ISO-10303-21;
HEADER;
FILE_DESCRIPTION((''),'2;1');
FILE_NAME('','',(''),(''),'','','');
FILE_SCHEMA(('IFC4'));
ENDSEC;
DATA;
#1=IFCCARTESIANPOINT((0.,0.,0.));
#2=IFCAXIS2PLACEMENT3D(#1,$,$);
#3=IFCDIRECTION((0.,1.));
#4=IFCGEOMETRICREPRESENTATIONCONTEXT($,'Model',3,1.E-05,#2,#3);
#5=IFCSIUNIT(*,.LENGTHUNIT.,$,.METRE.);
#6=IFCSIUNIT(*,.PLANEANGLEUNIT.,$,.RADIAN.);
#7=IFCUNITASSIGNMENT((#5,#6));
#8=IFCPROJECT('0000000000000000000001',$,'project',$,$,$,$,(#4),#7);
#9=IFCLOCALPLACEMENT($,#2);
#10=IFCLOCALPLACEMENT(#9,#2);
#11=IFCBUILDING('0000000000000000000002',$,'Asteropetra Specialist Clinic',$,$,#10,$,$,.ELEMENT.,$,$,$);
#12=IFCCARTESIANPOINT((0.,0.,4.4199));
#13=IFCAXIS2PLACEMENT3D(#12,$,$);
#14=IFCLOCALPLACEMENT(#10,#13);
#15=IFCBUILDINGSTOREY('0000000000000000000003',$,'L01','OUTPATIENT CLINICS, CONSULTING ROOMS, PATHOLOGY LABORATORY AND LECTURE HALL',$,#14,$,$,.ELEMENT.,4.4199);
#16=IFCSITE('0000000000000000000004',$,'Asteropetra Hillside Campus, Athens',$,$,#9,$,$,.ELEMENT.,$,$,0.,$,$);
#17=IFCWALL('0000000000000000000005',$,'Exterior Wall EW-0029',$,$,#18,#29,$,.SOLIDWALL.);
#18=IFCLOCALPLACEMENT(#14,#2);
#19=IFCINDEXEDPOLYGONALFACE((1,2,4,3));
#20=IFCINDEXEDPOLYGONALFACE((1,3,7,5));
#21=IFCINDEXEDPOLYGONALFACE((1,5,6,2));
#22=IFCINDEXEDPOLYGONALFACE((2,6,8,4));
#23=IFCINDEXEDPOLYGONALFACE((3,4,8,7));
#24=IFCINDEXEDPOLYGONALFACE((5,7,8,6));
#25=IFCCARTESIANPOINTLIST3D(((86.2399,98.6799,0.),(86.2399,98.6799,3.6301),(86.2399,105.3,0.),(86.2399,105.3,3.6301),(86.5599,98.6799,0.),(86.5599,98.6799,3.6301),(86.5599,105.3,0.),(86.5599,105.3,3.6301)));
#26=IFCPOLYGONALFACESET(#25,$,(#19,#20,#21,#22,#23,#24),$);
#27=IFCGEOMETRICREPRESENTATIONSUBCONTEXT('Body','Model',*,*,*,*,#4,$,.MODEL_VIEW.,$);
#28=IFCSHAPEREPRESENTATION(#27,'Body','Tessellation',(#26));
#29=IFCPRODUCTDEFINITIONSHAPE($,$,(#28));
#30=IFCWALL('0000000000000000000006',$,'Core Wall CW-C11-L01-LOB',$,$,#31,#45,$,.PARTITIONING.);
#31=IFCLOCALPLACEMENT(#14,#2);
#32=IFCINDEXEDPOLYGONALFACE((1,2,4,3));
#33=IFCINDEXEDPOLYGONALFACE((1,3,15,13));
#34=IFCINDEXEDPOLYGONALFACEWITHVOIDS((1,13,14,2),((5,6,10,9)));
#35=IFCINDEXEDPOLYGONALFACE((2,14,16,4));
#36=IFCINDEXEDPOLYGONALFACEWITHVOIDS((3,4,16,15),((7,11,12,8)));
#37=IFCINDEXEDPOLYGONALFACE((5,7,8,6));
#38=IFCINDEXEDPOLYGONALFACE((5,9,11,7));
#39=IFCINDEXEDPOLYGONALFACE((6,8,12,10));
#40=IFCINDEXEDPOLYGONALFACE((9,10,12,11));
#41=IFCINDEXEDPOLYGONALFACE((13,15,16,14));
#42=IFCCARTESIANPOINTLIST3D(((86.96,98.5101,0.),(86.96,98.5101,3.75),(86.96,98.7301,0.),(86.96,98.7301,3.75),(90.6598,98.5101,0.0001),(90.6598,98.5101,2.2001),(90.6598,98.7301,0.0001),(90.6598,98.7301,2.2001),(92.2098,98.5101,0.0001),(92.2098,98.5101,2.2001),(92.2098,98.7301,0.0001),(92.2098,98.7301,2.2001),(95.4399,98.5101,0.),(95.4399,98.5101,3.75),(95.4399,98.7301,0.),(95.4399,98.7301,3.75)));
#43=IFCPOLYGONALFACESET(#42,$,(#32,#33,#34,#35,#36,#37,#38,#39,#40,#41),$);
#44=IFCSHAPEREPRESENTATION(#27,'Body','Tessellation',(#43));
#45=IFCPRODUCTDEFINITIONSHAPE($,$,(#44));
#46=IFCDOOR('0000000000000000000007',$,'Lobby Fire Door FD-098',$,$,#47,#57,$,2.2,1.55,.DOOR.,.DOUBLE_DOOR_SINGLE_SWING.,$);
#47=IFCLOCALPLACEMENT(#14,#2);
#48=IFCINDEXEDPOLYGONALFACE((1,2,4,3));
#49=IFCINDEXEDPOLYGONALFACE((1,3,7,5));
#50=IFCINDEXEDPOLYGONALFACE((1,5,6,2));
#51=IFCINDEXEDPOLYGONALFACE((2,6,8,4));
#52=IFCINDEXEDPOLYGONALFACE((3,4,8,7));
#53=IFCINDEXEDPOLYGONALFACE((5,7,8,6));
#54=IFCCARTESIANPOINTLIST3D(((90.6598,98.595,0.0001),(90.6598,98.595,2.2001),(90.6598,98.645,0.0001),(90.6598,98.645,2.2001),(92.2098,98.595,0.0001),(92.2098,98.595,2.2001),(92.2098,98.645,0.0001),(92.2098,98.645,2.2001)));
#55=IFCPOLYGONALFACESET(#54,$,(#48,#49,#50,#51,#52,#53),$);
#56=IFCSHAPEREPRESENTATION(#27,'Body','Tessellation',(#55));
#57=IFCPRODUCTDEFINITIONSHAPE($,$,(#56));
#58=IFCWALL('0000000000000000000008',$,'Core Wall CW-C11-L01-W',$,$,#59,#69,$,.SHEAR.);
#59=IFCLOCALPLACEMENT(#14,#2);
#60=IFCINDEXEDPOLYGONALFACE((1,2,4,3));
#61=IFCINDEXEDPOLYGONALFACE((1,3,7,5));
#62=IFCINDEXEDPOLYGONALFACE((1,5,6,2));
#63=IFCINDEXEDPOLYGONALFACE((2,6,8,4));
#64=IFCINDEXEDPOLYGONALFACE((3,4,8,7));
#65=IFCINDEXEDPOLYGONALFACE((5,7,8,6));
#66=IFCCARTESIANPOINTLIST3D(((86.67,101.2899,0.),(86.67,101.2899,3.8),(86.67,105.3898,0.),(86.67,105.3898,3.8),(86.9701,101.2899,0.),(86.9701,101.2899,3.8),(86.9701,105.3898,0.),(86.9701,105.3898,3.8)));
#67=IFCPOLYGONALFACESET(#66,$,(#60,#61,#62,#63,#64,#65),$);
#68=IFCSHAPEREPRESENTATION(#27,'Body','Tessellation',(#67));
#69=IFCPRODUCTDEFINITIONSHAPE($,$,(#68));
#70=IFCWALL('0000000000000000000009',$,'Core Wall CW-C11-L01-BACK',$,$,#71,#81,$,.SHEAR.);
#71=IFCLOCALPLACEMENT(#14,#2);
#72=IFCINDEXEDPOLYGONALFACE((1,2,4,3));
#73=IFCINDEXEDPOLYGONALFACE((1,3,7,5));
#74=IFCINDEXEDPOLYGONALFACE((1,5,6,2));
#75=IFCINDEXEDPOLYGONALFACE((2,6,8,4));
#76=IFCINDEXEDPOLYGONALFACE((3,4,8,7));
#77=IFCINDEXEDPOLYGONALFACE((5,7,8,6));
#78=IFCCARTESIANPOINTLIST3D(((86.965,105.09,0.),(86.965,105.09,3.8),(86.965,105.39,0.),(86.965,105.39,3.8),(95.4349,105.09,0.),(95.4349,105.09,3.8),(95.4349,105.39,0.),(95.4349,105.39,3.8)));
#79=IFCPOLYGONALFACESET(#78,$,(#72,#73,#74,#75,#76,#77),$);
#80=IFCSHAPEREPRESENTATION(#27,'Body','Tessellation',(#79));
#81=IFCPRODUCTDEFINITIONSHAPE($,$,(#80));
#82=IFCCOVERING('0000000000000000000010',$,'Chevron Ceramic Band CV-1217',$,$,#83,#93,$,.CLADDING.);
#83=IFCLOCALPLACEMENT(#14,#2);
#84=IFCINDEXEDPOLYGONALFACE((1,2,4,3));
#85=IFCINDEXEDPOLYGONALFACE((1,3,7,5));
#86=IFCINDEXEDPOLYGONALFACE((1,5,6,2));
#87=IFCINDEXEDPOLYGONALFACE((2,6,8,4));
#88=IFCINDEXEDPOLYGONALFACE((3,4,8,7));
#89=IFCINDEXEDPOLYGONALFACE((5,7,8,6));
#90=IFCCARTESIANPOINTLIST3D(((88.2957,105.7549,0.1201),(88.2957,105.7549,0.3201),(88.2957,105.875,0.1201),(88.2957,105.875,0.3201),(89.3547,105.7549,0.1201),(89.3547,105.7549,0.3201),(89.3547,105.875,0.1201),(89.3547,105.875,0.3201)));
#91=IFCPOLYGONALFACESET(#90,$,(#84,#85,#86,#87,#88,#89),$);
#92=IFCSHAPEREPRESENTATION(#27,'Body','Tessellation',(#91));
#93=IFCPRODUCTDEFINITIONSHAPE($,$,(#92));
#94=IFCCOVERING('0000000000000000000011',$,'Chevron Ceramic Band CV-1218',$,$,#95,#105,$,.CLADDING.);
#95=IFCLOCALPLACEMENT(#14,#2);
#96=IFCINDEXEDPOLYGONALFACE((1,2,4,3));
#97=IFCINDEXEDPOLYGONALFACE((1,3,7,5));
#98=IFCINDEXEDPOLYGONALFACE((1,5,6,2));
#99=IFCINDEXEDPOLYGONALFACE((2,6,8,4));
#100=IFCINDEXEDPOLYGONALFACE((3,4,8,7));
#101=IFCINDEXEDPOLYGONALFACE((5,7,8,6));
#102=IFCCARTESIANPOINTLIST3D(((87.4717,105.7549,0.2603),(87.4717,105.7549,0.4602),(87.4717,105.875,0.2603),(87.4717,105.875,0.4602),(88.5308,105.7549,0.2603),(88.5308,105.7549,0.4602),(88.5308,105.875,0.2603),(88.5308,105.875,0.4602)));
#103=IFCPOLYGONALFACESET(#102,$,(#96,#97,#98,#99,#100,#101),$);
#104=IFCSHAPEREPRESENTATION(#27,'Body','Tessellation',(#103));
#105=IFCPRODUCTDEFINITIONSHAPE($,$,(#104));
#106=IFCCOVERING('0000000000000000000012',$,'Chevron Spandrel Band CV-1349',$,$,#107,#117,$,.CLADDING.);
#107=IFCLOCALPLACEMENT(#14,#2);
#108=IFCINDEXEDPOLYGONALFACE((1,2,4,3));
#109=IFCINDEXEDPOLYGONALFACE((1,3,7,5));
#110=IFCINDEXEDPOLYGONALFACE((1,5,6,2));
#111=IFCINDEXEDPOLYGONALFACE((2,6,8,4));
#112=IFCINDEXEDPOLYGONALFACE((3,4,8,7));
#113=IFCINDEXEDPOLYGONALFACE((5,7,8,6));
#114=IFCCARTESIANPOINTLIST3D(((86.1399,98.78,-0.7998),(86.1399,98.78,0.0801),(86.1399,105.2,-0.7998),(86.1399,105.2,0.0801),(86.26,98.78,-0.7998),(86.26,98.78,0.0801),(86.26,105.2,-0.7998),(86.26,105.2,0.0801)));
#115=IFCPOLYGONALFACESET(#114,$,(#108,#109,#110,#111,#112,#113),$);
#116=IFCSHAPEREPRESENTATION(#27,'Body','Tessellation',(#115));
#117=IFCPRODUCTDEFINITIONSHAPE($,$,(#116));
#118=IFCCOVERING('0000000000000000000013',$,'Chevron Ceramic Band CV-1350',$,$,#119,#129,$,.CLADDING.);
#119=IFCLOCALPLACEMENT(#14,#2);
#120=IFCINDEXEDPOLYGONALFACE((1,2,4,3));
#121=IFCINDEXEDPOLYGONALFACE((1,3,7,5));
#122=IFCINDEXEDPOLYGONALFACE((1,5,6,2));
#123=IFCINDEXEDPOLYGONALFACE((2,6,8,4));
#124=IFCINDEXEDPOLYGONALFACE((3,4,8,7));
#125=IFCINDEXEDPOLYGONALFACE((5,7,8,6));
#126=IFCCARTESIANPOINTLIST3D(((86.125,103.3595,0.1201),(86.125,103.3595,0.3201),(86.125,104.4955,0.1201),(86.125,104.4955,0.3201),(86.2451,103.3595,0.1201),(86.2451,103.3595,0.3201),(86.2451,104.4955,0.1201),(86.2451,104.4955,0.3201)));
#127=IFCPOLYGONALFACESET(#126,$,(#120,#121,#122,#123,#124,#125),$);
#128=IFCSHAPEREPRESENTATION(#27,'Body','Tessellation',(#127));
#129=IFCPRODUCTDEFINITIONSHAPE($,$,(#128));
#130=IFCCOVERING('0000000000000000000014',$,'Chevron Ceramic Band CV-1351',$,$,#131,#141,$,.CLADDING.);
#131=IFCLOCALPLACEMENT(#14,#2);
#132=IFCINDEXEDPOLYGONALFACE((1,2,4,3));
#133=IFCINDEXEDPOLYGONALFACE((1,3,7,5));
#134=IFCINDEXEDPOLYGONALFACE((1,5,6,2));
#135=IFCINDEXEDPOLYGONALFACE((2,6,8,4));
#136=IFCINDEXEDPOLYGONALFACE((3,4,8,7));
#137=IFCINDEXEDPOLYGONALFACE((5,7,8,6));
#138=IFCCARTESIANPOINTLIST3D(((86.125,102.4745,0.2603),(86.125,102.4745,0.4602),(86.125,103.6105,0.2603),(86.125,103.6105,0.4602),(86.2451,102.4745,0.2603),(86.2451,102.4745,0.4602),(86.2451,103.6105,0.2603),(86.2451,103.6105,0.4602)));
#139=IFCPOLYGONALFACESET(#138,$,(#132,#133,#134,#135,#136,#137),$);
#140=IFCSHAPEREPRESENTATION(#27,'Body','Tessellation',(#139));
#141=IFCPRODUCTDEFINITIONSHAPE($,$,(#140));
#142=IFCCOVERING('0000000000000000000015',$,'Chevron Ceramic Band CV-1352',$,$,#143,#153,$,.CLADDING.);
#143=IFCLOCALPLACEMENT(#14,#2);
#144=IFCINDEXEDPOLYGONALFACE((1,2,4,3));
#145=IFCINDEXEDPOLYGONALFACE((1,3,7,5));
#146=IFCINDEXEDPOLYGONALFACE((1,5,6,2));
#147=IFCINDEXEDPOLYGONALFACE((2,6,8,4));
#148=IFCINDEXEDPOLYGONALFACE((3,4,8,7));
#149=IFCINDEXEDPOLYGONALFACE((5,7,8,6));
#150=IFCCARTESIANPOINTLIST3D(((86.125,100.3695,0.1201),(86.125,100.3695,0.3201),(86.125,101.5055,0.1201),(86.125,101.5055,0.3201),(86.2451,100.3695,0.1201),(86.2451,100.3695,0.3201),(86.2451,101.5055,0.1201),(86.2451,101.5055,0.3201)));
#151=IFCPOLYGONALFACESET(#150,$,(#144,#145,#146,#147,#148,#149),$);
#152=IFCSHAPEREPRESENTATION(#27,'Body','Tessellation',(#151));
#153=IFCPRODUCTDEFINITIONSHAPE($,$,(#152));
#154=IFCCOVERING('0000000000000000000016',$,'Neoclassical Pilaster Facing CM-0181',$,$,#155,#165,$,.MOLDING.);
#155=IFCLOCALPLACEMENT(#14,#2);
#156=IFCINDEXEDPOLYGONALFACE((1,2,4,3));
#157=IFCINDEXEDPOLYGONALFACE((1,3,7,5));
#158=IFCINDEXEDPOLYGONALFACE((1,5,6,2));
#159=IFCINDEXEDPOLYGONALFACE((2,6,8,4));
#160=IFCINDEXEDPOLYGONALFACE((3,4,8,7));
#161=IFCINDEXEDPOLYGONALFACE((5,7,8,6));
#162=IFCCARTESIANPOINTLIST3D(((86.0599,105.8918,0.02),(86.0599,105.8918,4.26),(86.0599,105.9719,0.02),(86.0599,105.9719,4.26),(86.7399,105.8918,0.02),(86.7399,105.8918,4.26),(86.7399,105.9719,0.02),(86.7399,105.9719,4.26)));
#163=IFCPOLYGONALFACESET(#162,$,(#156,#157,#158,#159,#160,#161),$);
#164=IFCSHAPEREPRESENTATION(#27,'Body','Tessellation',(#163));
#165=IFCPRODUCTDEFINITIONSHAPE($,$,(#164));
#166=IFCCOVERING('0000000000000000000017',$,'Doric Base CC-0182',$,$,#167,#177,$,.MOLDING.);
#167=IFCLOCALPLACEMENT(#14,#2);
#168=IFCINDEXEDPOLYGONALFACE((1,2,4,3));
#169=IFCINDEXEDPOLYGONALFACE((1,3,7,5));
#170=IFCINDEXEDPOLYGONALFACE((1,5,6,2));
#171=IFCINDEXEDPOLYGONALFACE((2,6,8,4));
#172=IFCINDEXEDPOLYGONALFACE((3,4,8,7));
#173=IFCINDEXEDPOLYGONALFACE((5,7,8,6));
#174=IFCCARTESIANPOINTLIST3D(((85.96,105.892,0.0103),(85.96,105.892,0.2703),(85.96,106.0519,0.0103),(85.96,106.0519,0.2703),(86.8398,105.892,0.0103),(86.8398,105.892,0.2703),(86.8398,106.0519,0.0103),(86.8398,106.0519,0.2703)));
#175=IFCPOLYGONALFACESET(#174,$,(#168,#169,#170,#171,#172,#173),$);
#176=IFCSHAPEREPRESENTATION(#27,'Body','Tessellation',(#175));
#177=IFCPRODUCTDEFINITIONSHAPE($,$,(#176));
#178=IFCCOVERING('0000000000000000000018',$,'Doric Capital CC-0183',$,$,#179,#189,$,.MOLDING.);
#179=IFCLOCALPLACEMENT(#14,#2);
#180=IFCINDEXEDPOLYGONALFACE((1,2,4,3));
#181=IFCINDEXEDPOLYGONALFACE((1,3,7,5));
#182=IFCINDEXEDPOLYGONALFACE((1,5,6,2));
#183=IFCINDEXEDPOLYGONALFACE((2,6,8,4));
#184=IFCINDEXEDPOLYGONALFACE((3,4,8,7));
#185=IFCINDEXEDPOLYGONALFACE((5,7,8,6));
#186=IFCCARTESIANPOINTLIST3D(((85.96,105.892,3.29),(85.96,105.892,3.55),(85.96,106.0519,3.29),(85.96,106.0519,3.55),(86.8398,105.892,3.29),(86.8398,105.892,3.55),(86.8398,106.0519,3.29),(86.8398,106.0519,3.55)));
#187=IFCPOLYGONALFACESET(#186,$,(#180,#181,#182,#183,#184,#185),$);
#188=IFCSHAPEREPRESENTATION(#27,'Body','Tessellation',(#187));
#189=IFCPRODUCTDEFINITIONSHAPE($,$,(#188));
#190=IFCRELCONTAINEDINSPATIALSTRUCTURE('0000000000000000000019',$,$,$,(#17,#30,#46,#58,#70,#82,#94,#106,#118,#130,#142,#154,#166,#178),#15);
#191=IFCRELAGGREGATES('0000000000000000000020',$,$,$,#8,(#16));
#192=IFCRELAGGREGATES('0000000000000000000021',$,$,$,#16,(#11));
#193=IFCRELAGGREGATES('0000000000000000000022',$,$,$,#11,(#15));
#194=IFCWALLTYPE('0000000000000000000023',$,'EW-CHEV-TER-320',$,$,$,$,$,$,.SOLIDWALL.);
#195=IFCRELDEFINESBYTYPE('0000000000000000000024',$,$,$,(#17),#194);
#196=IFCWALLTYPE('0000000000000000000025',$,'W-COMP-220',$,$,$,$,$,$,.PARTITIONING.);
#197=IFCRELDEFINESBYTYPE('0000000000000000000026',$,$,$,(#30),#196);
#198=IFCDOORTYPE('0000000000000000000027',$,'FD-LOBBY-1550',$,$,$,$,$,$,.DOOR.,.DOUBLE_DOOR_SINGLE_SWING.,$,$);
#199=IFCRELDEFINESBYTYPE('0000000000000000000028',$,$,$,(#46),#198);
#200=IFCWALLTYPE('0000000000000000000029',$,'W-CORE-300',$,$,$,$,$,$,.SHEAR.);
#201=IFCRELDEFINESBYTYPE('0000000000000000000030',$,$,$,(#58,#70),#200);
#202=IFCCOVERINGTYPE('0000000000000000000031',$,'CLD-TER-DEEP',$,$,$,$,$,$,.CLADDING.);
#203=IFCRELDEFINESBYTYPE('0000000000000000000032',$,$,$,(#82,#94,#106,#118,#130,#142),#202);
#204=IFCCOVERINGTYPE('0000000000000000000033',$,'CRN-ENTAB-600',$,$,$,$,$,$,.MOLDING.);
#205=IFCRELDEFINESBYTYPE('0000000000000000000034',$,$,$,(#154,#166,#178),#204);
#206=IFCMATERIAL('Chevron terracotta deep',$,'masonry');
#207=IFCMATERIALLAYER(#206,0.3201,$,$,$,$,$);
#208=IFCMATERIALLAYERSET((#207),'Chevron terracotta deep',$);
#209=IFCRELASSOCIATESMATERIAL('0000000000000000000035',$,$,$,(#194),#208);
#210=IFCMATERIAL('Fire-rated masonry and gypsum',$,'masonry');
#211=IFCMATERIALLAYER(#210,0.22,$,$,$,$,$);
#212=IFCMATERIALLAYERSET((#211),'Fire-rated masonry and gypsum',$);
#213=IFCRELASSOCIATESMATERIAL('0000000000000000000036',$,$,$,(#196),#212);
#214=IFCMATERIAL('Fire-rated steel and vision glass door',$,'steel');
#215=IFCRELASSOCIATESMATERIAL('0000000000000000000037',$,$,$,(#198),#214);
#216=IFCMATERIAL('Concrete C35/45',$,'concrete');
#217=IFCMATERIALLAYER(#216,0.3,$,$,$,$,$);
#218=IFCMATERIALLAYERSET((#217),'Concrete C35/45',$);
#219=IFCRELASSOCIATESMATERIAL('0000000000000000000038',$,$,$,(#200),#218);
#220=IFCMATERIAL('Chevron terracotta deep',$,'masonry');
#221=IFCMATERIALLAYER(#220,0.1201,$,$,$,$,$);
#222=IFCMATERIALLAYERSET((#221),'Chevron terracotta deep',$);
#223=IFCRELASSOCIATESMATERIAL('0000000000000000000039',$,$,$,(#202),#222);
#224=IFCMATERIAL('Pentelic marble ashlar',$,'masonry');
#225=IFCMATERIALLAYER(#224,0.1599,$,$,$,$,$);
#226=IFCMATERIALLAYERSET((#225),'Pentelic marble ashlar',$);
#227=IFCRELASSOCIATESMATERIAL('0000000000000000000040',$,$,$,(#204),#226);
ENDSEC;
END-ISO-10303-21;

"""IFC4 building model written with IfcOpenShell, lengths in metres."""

from ifc_helpers import new_model, si_unit, direction, frame, frame_2d, origin, origin_2d, place, context, subcontext, project, spatial, rectangle, extrude, material, layer, layer_set, type_object, element, fill, save


model = new_model("IFC4")

# Units and contexts
model_context = context("Model", 3, precision=1e-05, world=origin(), true_north=direction((0.0, 1.0)))
body_context = subcontext(model_context, "Body", "Model", "MODEL_VIEW")
ifc_project = project(units=[si_unit("LENGTHUNIT", "METRE"), si_unit("PLANEANGLEUNIT", "RADIAN")], contexts=[model_context])

# Site, building, storey
site_placement = place(None, origin())
site = spatial("IfcSite", under=ifc_project, at=site_placement, Name="Asteropetra Hillside Campus, Athens", CompositionType="ELEMENT", RefElevation=0.0)
building_placement = place(site_placement, origin())
building = spatial("IfcBuilding", under=site, at=building_placement, Name="Asteropetra Specialist Clinic", CompositionType="ELEMENT")
storey_placement = place(building_placement, frame((0.0, 0.0, 4.4199)))
storey = spatial("IfcBuildingStorey", under=building, at=storey_placement, Name="L01", Description="OUTPATIENT CLINICS, CONSULTING ROOMS, PATHOLOGY LABORATORY AND LECTURE HALL", CompositionType="ELEMENT", Elevation=4.4199)

# Wall
ifc_material_1 = material(Name="Chevron terracotta deep", Category="masonry")
ifc_layer_1 = layer(ifc_material_1, 0.3201)
ifc_layer_set_1 = layer_set([ifc_layer_1], Name="Chevron terracotta deep")
wall_type_1 = type_object("IfcWallType", Name="EW-CHEV-TER-320", PredefinedType="SOLIDWALL", material=ifc_layer_set_1)
wall_1_placement = place(storey_placement, frame((86.3999, 105.3, 0.0), z_axis=(0.0, 0.0, 1.0), x_axis=(0.0, -1.0, 0.0)))
element("IfcWall", 1, at=wall_1_placement, inside=storey, type_object=wall_type_1, Name="Exterior Wall EW-0029", PredefinedType="SOLIDWALL", context=body_context, shape_type="SweptSolid", body=[
    extrude(rectangle(XDim=6.6201, YDim=0.3201, at=frame_2d((3.3101, 0.0))), origin(), (0.0, 0.0, 1.0), 3.6301),
])

# Wall, opening, door
ifc_material_2 = material(Name="Fire-rated masonry and gypsum", Category="masonry")
ifc_layer_2 = layer(ifc_material_2, 0.22)
ifc_layer_set_2 = layer_set([ifc_layer_2], Name="Fire-rated masonry and gypsum")
wall_type_2 = type_object("IfcWallType", Name="W-COMP-220", PredefinedType="PARTITIONING", material=ifc_layer_set_2)
wall_2_placement = place(storey_placement, frame((86.96, 98.6201, 0.0), z_axis=(0.0, 0.0, 1.0), x_axis=(1.0, 0.0, 0.0)))
wall_2 = element("IfcWall", 2, at=wall_2_placement, inside=storey, type_object=wall_type_2, Name="Core Wall CW-C11-L01-LOB", PredefinedType="PARTITIONING", context=body_context, shape_type="SweptSolid", body=[
    extrude(rectangle(XDim=8.48, YDim=0.22, at=frame_2d((4.24, 0.0))), origin(), (0.0, 0.0, 1.0), 3.75),
])
opening_1_placement = place(wall_2_placement, frame((3.7, 0.0, 0.0)))
opening_1 = element("IfcOpeningElement", 3, at=opening_1_placement, cuts=wall_2, PredefinedType="OPENING", context=body_context, shape_type="SweptSolid", body=[
    extrude(rectangle(XDim=1.55, YDim=2.2, at=frame_2d((0.7749, 1.1001))), frame((0.0, 0.1199, 0.0), z_axis=(0.0, -1.0, 0.0), x_axis=(1.0, 0.0, 0.0)), (0.0, 0.0, 1.0), 0.24),
])
ifc_material_3 = material(Name="Fire-rated steel and vision glass door", Category="steel")
door_type_1 = type_object("IfcDoorType", Name="FD-LOBBY-1550", OperationType="DOUBLE_DOOR_SINGLE_SWING", PredefinedType="DOOR", material=ifc_material_3)
door_1_placement = place(opening_1_placement, origin())
door_1 = element("IfcDoor", 4, at=door_1_placement, inside=storey, type_object=door_type_1, Name="Lobby Fire Door FD-098", OperationType="DOUBLE_DOOR_SINGLE_SWING", OverallHeight=2.2, OverallWidth=1.55, PredefinedType="DOOR", context=body_context, shape_type="SweptSolid", body=[
    extrude(rectangle(XDim=1.55, YDim=2.2, at=frame_2d((0.7749, 1.1001))), frame((0.0, 0.0249, 0.0), z_axis=(0.0, -1.0, 0.0), x_axis=(1.0, 0.0, 0.0)), (0.0, 0.0, 1.0), 0.05),
])
fill(opening_1, door_1)

# Walls
ifc_material_4 = material(Name="Concrete C35/45", Category="concrete")
ifc_layer_3 = layer(ifc_material_4, 0.3)
ifc_layer_set_3 = layer_set([ifc_layer_3], Name="Concrete C35/45")
wall_type_3 = type_object("IfcWallType", Name="W-CORE-300", PredefinedType="SHEAR", material=ifc_layer_set_3)
wall_3_placement = place(storey_placement, frame((86.8201, 101.29, 0.0), z_axis=(0.0, 0.0, 1.0), x_axis=(0.0, 1.0, 0.0)))
element("IfcWall", 5, at=wall_3_placement, inside=storey, type_object=wall_type_3, Name="Core Wall CW-C11-L01-W", PredefinedType="SHEAR", context=body_context, shape_type="SweptSolid", body=[
    extrude(rectangle(XDim=4.0999, YDim=0.3, at=frame_2d((2.0498, 0.0))), origin(), (0.0, 0.0, 1.0), 3.8),
])
wall_4_placement = place(storey_placement, frame((86.9651, 105.24, 0.0), z_axis=(0.0, 0.0, 1.0), x_axis=(1.0, 0.0, 0.0)))
element("IfcWall", 6, at=wall_4_placement, inside=storey, type_object=wall_type_3, Name="Core Wall CW-C11-L01-BACK", PredefinedType="SHEAR", context=body_context, shape_type="SweptSolid", body=[
    extrude(rectangle(XDim=8.47, YDim=0.3, at=frame_2d((4.2349, 0.0))), origin(), (0.0, 0.0, 1.0), 3.8),
])

# Coverings
ifc_material_5 = material(Name="Chevron terracotta deep", Category="masonry")
ifc_layer_4 = layer(ifc_material_5, 0.1201)
ifc_layer_set_4 = layer_set([ifc_layer_4], Name="Chevron terracotta deep")
covering_type_1 = type_object("IfcCoveringType", Name="CLD-TER-DEEP", PredefinedType="CLADDING", material=ifc_layer_set_4)
for number, where, z_axis, x_axis, name in (
    (7, (88.8252, 105.8149, 0.1201), (0.0, 0.0, 1.0), (1.0, 0.0, 0.0), "Chevron Ceramic Band CV-1217"),
    (8, (88.0012, 105.8149, 0.2603), (0.0, 0.0, 1.0), (1.0, 0.0, 0.0), "Chevron Ceramic Band CV-1218"),
):
    element("IfcCovering", number, at=place(storey_placement, frame(where, z_axis=z_axis, x_axis=x_axis)), inside=storey, type_object=covering_type_1, Name=name, PredefinedType="CLADDING", context=body_context, shape_type="SweptSolid", body=[
        extrude(rectangle(XDim=1.0591, YDim=0.1201, at=origin_2d()), origin(), (0.0, 0.0, 1.0), 0.2),
    ])
covering_1_placement = place(storey_placement, frame((86.2, 101.99, -0.7998), z_axis=(0.0, 0.0, 1.0), x_axis=(1.0, 0.0, 0.0)))
element("IfcCovering", 9, at=covering_1_placement, inside=storey, type_object=covering_type_1, Name="Chevron Spandrel Band CV-1349", PredefinedType="CLADDING", context=body_context, shape_type="SweptSolid", body=[
    extrude(rectangle(XDim=0.1201, YDim=6.4199, at=origin_2d()), origin(), (0.0, 0.0, 1.0), 0.8799),
])
for number, where, z_axis, x_axis, name in (
    (10, (86.1851, 103.9275, 0.1201), (0.0, 0.0, 1.0), (1.0, 0.0, 0.0), "Chevron Ceramic Band CV-1350"),
    (11, (86.1851, 103.0425, 0.2603), (0.0, 0.0, 1.0), (1.0, 0.0, 0.0), "Chevron Ceramic Band CV-1351"),
    (12, (86.1851, 100.9375, 0.1201), (0.0, 0.0, 1.0), (1.0, 0.0, 0.0), "Chevron Ceramic Band CV-1352"),
):
    element("IfcCovering", number, at=place(storey_placement, frame(where, z_axis=z_axis, x_axis=x_axis)), inside=storey, type_object=covering_type_1, Name=name, PredefinedType="CLADDING", context=body_context, shape_type="SweptSolid", body=[
        extrude(rectangle(XDim=0.1201, YDim=1.136, at=origin_2d()), origin(), (0.0, 0.0, 1.0), 0.2),
    ])
ifc_material_6 = material(Name="Pentelic marble ashlar", Category="masonry")
ifc_layer_5 = layer(ifc_material_6, 0.1599)
ifc_layer_set_5 = layer_set([ifc_layer_5], Name="Pentelic marble ashlar")
covering_type_2 = type_object("IfcCoveringType", Name="CRN-ENTAB-600", PredefinedType="MOLDING", material=ifc_layer_set_5)
covering_2_placement = place(storey_placement, frame((86.3999, 105.9319, 0.02), z_axis=(0.0, 0.0, 1.0), x_axis=(1.0, 0.0, 0.0)))
element("IfcCovering", 13, at=covering_2_placement, inside=storey, type_object=covering_type_2, Name="Neoclassical Pilaster Facing CM-0181", PredefinedType="MOLDING", context=body_context, shape_type="SweptSolid", body=[
    extrude(rectangle(XDim=0.6799, YDim=0.0801, at=origin_2d()), origin(), (0.0, 0.0, 1.0), 4.24),
])
for number, where, z_axis, x_axis, name in (
    (14, (86.3999, 105.9719, 0.0103), (0.0, 0.0, 1.0), (1.0, 0.0, 0.0), "Doric Base CC-0182"),
    (15, (86.3999, 105.9719, 3.29), (0.0, 0.0, 1.0), (1.0, 0.0, 0.0), "Doric Capital CC-0183"),
):
    element("IfcCovering", number, at=place(storey_placement, frame(where, z_axis=z_axis, x_axis=x_axis)), inside=storey, type_object=covering_type_2, Name=name, PredefinedType="MOLDING", context=body_context, shape_type="SweptSolid", body=[
        extrude(rectangle(XDim=0.8799, YDim=0.1599, at=origin_2d()), origin(), (0.0, 0.0, 1.0), 0.26),
    ])

save(model, "model.ifc")
